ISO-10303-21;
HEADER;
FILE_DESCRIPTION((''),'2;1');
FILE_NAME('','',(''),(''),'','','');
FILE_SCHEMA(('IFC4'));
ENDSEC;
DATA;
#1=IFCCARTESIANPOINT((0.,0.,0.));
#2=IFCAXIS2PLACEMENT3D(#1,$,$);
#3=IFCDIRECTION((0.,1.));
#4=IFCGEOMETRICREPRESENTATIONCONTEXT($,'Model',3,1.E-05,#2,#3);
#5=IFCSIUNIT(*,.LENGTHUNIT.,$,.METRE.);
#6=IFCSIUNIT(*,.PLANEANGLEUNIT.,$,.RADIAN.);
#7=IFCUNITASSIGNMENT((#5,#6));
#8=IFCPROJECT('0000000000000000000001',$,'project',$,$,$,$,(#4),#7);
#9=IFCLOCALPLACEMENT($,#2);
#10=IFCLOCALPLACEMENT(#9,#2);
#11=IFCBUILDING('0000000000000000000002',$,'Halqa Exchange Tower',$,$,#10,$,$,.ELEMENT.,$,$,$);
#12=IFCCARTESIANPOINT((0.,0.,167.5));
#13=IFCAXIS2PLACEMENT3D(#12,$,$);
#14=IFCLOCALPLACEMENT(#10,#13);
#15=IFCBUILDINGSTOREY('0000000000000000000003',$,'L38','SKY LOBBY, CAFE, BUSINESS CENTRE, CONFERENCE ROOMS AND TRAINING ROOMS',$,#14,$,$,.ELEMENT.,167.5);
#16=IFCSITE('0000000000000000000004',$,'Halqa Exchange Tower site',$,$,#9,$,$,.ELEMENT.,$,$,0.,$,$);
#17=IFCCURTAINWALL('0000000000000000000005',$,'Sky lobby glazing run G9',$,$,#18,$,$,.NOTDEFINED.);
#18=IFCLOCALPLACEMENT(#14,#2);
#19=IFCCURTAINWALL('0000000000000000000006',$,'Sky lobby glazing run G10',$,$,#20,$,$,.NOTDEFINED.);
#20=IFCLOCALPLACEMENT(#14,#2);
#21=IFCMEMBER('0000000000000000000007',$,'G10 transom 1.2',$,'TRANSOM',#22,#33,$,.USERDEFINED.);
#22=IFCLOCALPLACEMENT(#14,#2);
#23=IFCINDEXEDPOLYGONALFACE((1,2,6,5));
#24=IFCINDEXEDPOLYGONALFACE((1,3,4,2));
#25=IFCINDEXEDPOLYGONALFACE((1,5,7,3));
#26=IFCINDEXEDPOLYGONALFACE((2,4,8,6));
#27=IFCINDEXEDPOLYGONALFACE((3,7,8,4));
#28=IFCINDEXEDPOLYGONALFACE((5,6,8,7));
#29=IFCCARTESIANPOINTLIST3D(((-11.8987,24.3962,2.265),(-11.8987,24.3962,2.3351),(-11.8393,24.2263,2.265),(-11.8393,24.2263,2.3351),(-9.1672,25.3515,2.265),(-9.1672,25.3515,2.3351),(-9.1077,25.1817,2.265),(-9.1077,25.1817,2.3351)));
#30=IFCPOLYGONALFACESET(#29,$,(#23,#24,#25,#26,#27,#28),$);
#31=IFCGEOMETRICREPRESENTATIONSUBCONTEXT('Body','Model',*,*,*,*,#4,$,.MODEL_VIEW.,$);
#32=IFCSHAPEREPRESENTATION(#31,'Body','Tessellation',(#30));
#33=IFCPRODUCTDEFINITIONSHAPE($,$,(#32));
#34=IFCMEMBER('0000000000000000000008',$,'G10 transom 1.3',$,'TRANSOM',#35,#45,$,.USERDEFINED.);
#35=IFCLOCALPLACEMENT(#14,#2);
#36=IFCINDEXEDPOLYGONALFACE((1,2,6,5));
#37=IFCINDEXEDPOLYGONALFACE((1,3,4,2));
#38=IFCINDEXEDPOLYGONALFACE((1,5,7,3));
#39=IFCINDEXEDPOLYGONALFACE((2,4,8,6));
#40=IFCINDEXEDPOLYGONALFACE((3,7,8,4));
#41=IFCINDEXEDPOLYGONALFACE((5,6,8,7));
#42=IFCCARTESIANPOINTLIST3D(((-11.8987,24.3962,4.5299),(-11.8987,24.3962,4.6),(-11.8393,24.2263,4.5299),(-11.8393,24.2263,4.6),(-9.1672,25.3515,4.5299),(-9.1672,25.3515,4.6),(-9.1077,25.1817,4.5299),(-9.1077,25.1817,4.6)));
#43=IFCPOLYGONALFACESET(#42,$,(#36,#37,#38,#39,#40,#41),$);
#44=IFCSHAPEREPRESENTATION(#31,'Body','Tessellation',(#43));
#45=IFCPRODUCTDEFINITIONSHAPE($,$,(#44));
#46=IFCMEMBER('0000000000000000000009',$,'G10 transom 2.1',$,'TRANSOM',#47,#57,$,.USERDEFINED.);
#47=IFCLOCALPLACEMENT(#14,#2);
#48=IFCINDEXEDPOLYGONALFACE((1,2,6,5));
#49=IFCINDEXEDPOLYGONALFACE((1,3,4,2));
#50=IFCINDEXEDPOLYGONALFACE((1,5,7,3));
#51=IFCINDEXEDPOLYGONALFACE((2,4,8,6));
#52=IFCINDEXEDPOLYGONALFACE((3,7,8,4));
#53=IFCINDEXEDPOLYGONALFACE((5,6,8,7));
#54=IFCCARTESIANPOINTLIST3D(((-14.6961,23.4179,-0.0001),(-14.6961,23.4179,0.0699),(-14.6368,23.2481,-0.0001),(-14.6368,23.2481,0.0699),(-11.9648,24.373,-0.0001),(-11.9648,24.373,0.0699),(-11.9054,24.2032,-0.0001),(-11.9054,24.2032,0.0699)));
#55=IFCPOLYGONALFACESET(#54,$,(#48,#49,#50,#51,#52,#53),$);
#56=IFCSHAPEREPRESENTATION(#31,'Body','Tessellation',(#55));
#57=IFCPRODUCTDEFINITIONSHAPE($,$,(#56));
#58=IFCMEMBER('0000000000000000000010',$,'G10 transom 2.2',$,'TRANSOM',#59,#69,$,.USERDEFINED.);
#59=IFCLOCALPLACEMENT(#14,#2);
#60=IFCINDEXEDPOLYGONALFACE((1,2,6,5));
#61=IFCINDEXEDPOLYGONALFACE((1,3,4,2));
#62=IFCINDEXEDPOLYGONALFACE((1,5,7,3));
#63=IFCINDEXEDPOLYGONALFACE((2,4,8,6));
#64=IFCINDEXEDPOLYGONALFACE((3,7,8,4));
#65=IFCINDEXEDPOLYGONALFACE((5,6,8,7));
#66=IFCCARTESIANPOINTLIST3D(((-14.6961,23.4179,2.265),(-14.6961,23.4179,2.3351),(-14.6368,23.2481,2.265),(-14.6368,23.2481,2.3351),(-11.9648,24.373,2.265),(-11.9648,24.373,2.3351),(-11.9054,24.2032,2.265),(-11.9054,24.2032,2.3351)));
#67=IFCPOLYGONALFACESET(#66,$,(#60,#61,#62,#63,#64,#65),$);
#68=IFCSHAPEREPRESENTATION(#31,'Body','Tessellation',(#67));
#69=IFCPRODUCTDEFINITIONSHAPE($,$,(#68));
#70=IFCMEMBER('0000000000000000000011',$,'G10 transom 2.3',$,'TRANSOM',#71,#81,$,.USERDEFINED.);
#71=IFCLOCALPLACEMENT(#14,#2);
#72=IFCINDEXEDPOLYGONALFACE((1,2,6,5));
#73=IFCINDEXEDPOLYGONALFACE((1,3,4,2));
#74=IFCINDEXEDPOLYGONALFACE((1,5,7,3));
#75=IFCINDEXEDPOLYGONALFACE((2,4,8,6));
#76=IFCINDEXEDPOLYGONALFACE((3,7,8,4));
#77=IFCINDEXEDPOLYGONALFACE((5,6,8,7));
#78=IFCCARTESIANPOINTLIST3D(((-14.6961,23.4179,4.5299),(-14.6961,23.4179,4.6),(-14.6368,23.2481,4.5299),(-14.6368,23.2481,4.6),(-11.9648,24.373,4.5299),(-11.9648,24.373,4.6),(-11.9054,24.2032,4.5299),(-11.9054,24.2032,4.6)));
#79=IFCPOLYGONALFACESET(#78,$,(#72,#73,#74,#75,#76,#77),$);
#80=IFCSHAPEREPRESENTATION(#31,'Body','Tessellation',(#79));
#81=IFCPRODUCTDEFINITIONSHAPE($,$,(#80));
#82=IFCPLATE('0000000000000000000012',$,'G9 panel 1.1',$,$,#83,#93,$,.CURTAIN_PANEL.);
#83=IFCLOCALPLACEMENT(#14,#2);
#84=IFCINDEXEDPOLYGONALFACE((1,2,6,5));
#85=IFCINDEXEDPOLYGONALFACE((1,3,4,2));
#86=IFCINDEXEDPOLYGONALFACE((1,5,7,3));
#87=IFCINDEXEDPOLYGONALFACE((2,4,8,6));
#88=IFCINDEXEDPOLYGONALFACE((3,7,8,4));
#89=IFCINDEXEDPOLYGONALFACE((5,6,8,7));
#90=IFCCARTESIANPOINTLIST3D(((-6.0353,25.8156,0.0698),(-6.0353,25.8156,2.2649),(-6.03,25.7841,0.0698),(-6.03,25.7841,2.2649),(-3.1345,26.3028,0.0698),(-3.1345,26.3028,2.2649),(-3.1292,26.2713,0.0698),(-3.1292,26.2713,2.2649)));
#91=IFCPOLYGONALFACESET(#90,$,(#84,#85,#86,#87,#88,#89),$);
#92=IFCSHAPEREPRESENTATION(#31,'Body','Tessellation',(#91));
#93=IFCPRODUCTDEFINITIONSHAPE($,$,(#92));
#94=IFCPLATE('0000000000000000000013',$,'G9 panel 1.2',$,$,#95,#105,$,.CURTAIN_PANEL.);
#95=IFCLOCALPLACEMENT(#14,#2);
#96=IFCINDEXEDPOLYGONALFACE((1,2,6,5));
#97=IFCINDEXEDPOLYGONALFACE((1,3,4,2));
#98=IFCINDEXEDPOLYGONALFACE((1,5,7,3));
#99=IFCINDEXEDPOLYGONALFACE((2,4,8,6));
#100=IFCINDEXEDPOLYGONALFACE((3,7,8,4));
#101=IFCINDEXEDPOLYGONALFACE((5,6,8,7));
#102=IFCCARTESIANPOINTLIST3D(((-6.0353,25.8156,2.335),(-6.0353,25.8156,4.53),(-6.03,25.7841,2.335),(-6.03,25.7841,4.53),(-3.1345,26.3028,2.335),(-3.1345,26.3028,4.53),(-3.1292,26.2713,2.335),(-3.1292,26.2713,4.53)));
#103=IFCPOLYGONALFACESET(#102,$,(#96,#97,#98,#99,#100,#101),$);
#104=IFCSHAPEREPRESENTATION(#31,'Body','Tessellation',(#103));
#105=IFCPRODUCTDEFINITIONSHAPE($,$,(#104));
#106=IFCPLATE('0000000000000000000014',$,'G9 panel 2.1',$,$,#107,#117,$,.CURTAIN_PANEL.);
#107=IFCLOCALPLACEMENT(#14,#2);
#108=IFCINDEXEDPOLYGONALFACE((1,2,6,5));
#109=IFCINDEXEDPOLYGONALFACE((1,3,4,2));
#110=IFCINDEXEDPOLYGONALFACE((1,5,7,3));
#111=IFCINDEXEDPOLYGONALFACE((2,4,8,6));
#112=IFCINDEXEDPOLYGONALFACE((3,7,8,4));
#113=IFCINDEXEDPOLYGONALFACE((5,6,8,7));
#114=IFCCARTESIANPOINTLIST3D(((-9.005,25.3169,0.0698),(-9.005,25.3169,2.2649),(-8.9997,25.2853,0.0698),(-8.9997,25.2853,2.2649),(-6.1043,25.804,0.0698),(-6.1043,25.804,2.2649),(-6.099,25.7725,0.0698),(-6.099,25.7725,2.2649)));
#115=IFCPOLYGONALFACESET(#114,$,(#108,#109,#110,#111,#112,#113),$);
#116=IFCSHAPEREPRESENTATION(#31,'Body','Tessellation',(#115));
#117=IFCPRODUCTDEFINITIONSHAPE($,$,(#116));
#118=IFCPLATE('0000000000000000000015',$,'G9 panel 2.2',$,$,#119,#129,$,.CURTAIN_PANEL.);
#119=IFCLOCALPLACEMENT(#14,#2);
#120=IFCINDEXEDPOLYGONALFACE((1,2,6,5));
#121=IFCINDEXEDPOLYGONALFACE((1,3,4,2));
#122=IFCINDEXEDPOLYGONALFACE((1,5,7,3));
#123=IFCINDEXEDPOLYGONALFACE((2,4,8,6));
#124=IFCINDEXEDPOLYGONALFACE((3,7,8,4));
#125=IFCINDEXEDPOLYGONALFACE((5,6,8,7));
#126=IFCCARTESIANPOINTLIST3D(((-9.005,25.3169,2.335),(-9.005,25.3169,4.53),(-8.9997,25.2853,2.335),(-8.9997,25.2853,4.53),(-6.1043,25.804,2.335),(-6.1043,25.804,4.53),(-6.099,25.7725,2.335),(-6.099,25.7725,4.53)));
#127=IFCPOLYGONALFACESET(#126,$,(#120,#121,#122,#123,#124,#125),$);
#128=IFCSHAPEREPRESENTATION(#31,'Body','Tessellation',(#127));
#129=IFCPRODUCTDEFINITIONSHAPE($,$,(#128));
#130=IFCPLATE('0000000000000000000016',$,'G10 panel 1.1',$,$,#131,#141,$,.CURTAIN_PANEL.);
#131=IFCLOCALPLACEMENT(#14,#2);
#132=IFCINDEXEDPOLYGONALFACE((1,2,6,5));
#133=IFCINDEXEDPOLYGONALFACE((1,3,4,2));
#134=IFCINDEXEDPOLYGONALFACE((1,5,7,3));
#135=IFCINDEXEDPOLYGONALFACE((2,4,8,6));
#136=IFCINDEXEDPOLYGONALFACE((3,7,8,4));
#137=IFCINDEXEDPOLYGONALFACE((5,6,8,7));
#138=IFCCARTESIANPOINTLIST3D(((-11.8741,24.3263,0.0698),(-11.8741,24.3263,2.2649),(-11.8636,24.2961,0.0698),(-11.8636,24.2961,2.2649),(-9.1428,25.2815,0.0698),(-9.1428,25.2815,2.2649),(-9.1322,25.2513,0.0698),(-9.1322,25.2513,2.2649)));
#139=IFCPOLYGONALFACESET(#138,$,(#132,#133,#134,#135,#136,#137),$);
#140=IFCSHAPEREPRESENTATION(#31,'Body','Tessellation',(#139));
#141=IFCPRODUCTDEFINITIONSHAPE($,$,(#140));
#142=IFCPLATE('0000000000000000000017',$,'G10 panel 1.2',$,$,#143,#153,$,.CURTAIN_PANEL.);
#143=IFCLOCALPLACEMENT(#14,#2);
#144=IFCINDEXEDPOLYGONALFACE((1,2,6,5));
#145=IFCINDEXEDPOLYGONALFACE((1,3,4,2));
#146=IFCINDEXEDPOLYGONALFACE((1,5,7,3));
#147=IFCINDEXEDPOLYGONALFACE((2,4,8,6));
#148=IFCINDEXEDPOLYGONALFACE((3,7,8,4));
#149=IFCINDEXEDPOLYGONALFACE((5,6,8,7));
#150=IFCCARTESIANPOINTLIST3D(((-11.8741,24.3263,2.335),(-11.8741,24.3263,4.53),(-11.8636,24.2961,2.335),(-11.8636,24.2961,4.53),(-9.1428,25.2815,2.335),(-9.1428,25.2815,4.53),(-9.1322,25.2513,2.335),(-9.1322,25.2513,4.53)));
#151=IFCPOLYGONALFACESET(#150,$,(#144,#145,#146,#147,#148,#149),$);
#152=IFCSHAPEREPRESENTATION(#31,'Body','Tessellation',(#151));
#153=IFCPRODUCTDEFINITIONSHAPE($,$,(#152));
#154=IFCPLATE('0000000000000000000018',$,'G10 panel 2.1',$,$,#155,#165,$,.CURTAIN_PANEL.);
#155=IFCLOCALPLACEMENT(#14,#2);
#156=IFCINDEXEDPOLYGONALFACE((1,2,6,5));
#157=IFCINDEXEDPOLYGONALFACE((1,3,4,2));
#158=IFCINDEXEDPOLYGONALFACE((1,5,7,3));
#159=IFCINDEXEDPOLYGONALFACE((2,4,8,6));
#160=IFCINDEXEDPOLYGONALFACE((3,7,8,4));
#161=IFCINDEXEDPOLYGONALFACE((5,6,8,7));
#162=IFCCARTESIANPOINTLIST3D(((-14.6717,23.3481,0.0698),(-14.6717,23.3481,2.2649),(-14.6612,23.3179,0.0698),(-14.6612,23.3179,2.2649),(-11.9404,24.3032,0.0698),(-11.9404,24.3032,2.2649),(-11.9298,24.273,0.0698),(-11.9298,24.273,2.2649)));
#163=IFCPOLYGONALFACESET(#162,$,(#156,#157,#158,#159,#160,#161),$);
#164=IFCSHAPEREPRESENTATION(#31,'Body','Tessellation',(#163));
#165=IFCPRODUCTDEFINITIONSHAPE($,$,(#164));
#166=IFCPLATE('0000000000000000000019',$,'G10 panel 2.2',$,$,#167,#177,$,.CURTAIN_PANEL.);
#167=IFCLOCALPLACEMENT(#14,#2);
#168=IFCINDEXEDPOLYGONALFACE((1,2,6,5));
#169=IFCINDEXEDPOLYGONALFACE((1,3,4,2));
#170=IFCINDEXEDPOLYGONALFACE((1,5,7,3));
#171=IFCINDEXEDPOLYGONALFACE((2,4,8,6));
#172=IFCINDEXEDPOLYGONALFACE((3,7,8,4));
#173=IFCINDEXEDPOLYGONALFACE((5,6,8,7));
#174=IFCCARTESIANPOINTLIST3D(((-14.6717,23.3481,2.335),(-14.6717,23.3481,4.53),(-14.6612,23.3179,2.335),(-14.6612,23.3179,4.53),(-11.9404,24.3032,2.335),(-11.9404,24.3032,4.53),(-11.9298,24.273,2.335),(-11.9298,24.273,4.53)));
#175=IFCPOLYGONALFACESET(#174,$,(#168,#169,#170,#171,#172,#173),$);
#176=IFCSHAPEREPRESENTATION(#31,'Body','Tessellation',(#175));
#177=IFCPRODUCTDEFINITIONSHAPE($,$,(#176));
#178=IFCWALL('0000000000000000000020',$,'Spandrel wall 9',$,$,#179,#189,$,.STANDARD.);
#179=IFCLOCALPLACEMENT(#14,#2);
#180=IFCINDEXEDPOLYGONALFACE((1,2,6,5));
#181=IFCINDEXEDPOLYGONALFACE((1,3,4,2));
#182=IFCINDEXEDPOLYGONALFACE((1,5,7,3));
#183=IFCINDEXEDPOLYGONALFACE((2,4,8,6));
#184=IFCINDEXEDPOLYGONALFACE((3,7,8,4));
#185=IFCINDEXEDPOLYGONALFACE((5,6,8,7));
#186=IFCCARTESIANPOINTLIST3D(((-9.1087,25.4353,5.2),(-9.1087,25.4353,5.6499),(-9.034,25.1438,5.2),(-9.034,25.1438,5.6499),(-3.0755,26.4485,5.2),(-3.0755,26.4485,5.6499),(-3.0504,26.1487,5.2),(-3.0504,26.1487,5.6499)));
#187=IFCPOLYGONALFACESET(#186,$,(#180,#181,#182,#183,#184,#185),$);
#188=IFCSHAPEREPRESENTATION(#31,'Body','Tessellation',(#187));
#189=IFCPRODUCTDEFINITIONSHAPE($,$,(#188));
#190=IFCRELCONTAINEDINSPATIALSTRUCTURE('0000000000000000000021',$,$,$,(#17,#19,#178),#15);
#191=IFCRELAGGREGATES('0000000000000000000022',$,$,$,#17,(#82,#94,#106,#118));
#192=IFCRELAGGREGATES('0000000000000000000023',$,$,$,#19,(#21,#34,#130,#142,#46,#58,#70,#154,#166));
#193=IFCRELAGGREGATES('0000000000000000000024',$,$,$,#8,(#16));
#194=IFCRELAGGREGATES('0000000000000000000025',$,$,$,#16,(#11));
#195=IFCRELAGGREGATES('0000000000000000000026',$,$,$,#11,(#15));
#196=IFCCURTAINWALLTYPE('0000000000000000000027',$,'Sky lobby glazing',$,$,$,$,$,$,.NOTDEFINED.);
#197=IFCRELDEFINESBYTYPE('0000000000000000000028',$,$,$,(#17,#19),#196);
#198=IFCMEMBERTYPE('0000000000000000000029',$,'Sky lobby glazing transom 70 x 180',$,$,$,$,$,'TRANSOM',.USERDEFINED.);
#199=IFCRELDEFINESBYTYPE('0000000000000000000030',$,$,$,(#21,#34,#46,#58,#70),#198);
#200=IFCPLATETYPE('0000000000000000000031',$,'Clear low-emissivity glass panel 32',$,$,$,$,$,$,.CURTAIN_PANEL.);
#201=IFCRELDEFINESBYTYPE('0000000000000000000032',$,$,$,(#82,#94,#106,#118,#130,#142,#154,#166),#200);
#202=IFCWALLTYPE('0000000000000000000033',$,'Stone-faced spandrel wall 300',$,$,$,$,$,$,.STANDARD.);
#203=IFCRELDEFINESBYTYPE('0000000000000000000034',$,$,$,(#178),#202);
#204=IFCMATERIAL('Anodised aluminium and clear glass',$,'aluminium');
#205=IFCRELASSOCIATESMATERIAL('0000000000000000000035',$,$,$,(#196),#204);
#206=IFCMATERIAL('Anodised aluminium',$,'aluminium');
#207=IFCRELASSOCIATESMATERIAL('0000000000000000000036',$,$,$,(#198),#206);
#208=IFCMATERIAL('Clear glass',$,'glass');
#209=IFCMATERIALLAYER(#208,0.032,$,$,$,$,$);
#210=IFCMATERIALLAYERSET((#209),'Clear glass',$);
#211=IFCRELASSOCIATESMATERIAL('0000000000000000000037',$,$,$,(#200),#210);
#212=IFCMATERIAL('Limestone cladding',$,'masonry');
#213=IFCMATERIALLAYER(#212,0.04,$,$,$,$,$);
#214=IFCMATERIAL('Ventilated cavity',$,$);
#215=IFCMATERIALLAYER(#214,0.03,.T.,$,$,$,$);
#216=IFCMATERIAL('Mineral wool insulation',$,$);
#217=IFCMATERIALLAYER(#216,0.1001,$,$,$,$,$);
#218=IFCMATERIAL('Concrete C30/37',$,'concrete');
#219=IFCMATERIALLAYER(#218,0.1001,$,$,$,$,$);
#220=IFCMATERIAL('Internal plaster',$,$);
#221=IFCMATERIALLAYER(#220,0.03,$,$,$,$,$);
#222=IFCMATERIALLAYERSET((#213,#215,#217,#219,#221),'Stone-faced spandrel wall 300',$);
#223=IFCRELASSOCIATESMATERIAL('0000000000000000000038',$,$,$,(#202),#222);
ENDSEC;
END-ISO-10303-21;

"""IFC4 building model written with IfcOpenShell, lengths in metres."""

from ifc_helpers import new_model, si_unit, direction, frame, origin, origin_2d, place, context, subcontext, project, spatial, polyline, rectangle, outline, extrude, material, layer, layer_set, material_profile, profile_set, type_object, element, aggregate, save


model = new_model("IFC4")

# Units and contexts
model_context = context("Model", 3, precision=1e-05, world=origin(), true_north=direction((0.0, 1.0)))
body_context = subcontext(model_context, "Body", "Model", "MODEL_VIEW")
ifc_project = project(units=[si_unit("LENGTHUNIT", "METRE"), si_unit("PLANEANGLEUNIT", "RADIAN")], contexts=[model_context])

# Site, building, storey
site_placement = place(None, origin())
site = spatial("IfcSite", under=ifc_project, at=site_placement, Name="Halqa Exchange Tower site", CompositionType="ELEMENT", RefElevation=0.0)
building_placement = place(site_placement, origin())
building = spatial("IfcBuilding", under=site, at=building_placement, Name="Halqa Exchange Tower", CompositionType="ELEMENT")
storey_placement = place(building_placement, frame((0.0, 0.0, 167.5)))
storey = spatial("IfcBuildingStorey", under=building, at=storey_placement, Name="L38", Description="SKY LOBBY, CAFE, BUSINESS CENTRE, CONFERENCE ROOMS AND TRAINING ROOMS", CompositionType="ELEMENT", Elevation=167.5)

# Curtain walls
ifc_material_1 = material(Name="Anodised aluminium and clear glass", Category="aluminium")
curtain_wall_type = type_object("IfcCurtainWallType", Name="Sky lobby glazing", PredefinedType="NOTDEFINED", material=ifc_material_1)
curtain_wall_1_placement = place(storey_placement, origin())
curtain_wall_1 = element("IfcCurtainWall", 1, at=curtain_wall_1_placement, inside=storey, type_object=curtain_wall_type, Name="Sky lobby glazing run G9", PredefinedType="NOTDEFINED")
ifc_material_2 = material(Name="Anodised aluminium", Category="aluminium")
curtain_wall_2_placement = place(storey_placement, origin())
curtain_wall_2 = element("IfcCurtainWall", 2, at=curtain_wall_2_placement, inside=storey, type_object=curtain_wall_type, Name="Sky lobby glazing run G10", PredefinedType="NOTDEFINED")

# Members
ifc_material_profile_1 = material_profile(ifc_material_2, rectangle(XDim=0.1799, YDim=0.0701, at=origin_2d()), Name="AL 70x180")
ifc_profile_set_1 = profile_set([ifc_material_profile_1], Name="Anodised aluminium")
member_type_1 = type_object("IfcMemberType", Name="Sky lobby glazing transom 70 x 180", ElementType="TRANSOM", PredefinedType="USERDEFINED", material=ifc_profile_set_1)
member_1_placement = place(storey_placement, frame((-9.1375, 25.2666, 2.3), z_axis=(-0.943932, -0.33014, 0.0), x_axis=(0.33014, -0.943932, 0.0)))
member_1 = element("IfcMember", 3, at=member_1_placement, type_object=member_type_1, Name="G10 transom 1.2", ObjectType="TRANSOM", PredefinedType="USERDEFINED", context=body_context, shape_type="SweptSolid", body=[
    extrude(rectangle(XDim=0.1799, YDim=0.0701, at=origin_2d()), origin(), (0.0, 0.0, 1.0), 2.8938),
])
member_2_placement = place(storey_placement, frame((-9.1375, 25.2666, 4.5649), z_axis=(-0.943932, -0.33014, 0.0), x_axis=(0.33014, -0.943932, 0.0)))
member_2 = element("IfcMember", 4, at=member_2_placement, type_object=member_type_1, Name="G10 transom 1.3", ObjectType="TRANSOM", PredefinedType="USERDEFINED", context=body_context, shape_type="SweptSolid", body=[
    extrude(rectangle(XDim=0.1799, YDim=0.0701, at=origin_2d()), origin(), (0.0, 0.0, 1.0), 2.8938),
])
member_3_placement = place(storey_placement, frame((-11.9351, 24.2881, 0.0349), z_axis=(-0.943958, -0.330065, 0.0), x_axis=(0.330065, -0.943958, 0.0)))
member_3 = element("IfcMember", 5, at=member_3_placement, type_object=member_type_1, Name="G10 transom 2.1", ObjectType="TRANSOM", PredefinedType="USERDEFINED", context=body_context, shape_type="SweptSolid", body=[
    extrude(rectangle(XDim=0.1799, YDim=0.0701, at=origin_2d()), origin(), (0.0, 0.0, 1.0), 2.8936),
])
member_4_placement = place(storey_placement, frame((-11.9351, 24.2881, 2.3), z_axis=(-0.943958, -0.330065, 0.0), x_axis=(0.330065, -0.943958, 0.0)))
member_4 = element("IfcMember", 6, at=member_4_placement, type_object=member_type_1, Name="G10 transom 2.2", ObjectType="TRANSOM", PredefinedType="USERDEFINED", context=body_context, shape_type="SweptSolid", body=[
    extrude(rectangle(XDim=0.1799, YDim=0.0701, at=origin_2d()), origin(), (0.0, 0.0, 1.0), 2.8936),
])
member_5_placement = place(storey_placement, frame((-11.9351, 24.2881, 4.5649), z_axis=(-0.943958, -0.330065, 0.0), x_axis=(0.330065, -0.943958, 0.0)))
member_5 = element("IfcMember", 7, at=member_5_placement, type_object=member_type_1, Name="G10 transom 2.3", ObjectType="TRANSOM", PredefinedType="USERDEFINED", context=body_context, shape_type="SweptSolid", body=[
    extrude(rectangle(XDim=0.1799, YDim=0.0701, at=origin_2d()), origin(), (0.0, 0.0, 1.0), 2.8936),
])

# Plates
ifc_material_3 = material(Name="Clear glass", Category="glass")
ifc_layer_1 = layer(ifc_material_3, 0.032)
ifc_layer_set_1 = layer_set([ifc_layer_1], Name="Clear glass")
plate_type = type_object("IfcPlateType", Name="Clear low-emissivity glass panel 32", PredefinedType="CURTAIN_PANEL", material=ifc_layer_set_1)
plate_1_placement = place(storey_placement, frame((-4.5823, 26.0435, 0.0698), z_axis=(0.0, 0.0, 1.0), x_axis=(-0.986189, -0.165626, 0.0)))
plate_1 = element("IfcPlate", 8, at=plate_1_placement, type_object=plate_type, Name="G9 panel 1.1", PredefinedType="CURTAIN_PANEL", context=body_context, shape_type="SweptSolid", body=[
    extrude(rectangle(XDim=2.9414, YDim=0.032, at=origin_2d()), origin(), (0.0, 0.0, 1.0), 2.1951),
])
plate_2_placement = place(storey_placement, frame((-4.5823, 26.0435, 2.335), z_axis=(0.0, 0.0, 1.0), x_axis=(-0.986189, -0.165626, 0.0)))
plate_2 = element("IfcPlate", 9, at=plate_2_placement, type_object=plate_type, Name="G9 panel 1.2", PredefinedType="CURTAIN_PANEL", context=body_context, shape_type="SweptSolid", body=[
    extrude(rectangle(XDim=2.9414, YDim=0.032, at=origin_2d()), origin(), (0.0, 0.0, 1.0), 2.1951),
])
plate_3_placement = place(storey_placement, frame((-7.552, 25.5447, 0.0698), z_axis=(0.0, 0.0, 1.0), x_axis=(-0.986189, -0.165626, 0.0)))
plate_3 = element("IfcPlate", 10, at=plate_3_placement, type_object=plate_type, Name="G9 panel 2.1", PredefinedType="CURTAIN_PANEL", context=body_context, shape_type="SweptSolid", body=[
    extrude(rectangle(XDim=2.9414, YDim=0.032, at=origin_2d()), origin(), (0.0, 0.0, 1.0), 2.1951),
])
plate_4_placement = place(storey_placement, frame((-7.552, 25.5447, 2.335), z_axis=(0.0, 0.0, 1.0), x_axis=(-0.986189, -0.165626, 0.0)))
plate_4 = element("IfcPlate", 11, at=plate_4_placement, type_object=plate_type, Name="G9 panel 2.2", PredefinedType="CURTAIN_PANEL", context=body_context, shape_type="SweptSolid", body=[
    extrude(rectangle(XDim=2.9414, YDim=0.032, at=origin_2d()), origin(), (0.0, 0.0, 1.0), 2.1951),
])
aggregate(curtain_wall_1, [plate_1, plate_2, plate_3, plate_4])
plate_5_placement = place(storey_placement, frame((-10.5032, 24.7888, 0.0698), z_axis=(0.0, 0.0, 1.0), x_axis=(-0.943946, -0.3301, 0.0)))
plate_5 = element("IfcPlate", 12, at=plate_5_placement, type_object=plate_type, Name="G10 panel 1.1", PredefinedType="CURTAIN_PANEL", context=body_context, shape_type="SweptSolid", body=[
    extrude(rectangle(XDim=2.8936, YDim=0.032, at=origin_2d()), origin(), (0.0, 0.0, 1.0), 2.1951),
])
plate_6_placement = place(storey_placement, frame((-10.5032, 24.7888, 2.335), z_axis=(0.0, 0.0, 1.0), x_axis=(-0.943946, -0.3301, 0.0)))
plate_6 = element("IfcPlate", 13, at=plate_6_placement, type_object=plate_type, Name="G10 panel 1.2", PredefinedType="CURTAIN_PANEL", context=body_context, shape_type="SweptSolid", body=[
    extrude(rectangle(XDim=2.8936, YDim=0.032, at=origin_2d()), origin(), (0.0, 0.0, 1.0), 2.1951),
])
plate_7_placement = place(storey_placement, frame((-13.3008, 23.8105, 0.0698), z_axis=(0.0, 0.0, 1.0), x_axis=(-0.943946, -0.3301, 0.0)))
plate_7 = element("IfcPlate", 14, at=plate_7_placement, type_object=plate_type, Name="G10 panel 2.1", PredefinedType="CURTAIN_PANEL", context=body_context, shape_type="SweptSolid", body=[
    extrude(rectangle(XDim=2.8936, YDim=0.032, at=origin_2d()), origin(), (0.0, 0.0, 1.0), 2.1951),
])
plate_8_placement = place(storey_placement, frame((-13.3008, 23.8105, 2.335), z_axis=(0.0, 0.0, 1.0), x_axis=(-0.943946, -0.3301, 0.0)))
plate_8 = element("IfcPlate", 15, at=plate_8_placement, type_object=plate_type, Name="G10 panel 2.2", PredefinedType="CURTAIN_PANEL", context=body_context, shape_type="SweptSolid", body=[
    extrude(rectangle(XDim=2.8936, YDim=0.032, at=origin_2d()), origin(), (0.0, 0.0, 1.0), 2.1951),
])
aggregate(curtain_wall_2, [member_1, member_2, plate_5, plate_6, member_3, member_4, member_5, plate_7, plate_8])

# Wall
ifc_material_4 = material(Name="Limestone cladding", Category="masonry")
ifc_layer_2 = layer(ifc_material_4, 0.04)
ifc_material_5 = material(Name="Ventilated cavity")
ifc_layer_3 = layer(ifc_material_5, 0.03, ventilated=True)
ifc_material_6 = material(Name="Mineral wool insulation")
ifc_layer_4 = layer(ifc_material_6, 0.1001)
ifc_material_7 = material(Name="Concrete C30/37", Category="concrete")
ifc_layer_5 = layer(ifc_material_7, 0.1001)
ifc_material_8 = material(Name="Internal plaster")
ifc_layer_6 = layer(ifc_material_8, 0.03)
ifc_layer_set_2 = layer_set([ifc_layer_2, ifc_layer_3, ifc_layer_4, ifc_layer_5, ifc_layer_6], Name="Stone-faced spandrel wall 300")
wall_type = type_object("IfcWallType", Name="Stone-faced spandrel wall 300", PredefinedType="STANDARD", material=ifc_layer_set_2)
wall_1_placement = place(storey_placement, frame((-3.063, 26.2986, 5.2), z_axis=(0.0, 0.0, 1.0), x_axis=(-0.98619, -0.165621, 0.0)))
element("IfcWall", 16, at=wall_1_placement, inside=storey, type_object=wall_type, Name="Spandrel wall 9", PredefinedType="STANDARD", context=body_context, shape_type="SweptSolid", body=[
    extrude(outline(polyline([(-0.0125, -0.1499), (6.1052, -0.1499), (6.0798, 0.1499), (0.0125, 0.1499), (-0.0125, -0.1499)])), origin(), (0.0, 0.0, 1.0), 0.45),
])

save(model, "model.ifc")
